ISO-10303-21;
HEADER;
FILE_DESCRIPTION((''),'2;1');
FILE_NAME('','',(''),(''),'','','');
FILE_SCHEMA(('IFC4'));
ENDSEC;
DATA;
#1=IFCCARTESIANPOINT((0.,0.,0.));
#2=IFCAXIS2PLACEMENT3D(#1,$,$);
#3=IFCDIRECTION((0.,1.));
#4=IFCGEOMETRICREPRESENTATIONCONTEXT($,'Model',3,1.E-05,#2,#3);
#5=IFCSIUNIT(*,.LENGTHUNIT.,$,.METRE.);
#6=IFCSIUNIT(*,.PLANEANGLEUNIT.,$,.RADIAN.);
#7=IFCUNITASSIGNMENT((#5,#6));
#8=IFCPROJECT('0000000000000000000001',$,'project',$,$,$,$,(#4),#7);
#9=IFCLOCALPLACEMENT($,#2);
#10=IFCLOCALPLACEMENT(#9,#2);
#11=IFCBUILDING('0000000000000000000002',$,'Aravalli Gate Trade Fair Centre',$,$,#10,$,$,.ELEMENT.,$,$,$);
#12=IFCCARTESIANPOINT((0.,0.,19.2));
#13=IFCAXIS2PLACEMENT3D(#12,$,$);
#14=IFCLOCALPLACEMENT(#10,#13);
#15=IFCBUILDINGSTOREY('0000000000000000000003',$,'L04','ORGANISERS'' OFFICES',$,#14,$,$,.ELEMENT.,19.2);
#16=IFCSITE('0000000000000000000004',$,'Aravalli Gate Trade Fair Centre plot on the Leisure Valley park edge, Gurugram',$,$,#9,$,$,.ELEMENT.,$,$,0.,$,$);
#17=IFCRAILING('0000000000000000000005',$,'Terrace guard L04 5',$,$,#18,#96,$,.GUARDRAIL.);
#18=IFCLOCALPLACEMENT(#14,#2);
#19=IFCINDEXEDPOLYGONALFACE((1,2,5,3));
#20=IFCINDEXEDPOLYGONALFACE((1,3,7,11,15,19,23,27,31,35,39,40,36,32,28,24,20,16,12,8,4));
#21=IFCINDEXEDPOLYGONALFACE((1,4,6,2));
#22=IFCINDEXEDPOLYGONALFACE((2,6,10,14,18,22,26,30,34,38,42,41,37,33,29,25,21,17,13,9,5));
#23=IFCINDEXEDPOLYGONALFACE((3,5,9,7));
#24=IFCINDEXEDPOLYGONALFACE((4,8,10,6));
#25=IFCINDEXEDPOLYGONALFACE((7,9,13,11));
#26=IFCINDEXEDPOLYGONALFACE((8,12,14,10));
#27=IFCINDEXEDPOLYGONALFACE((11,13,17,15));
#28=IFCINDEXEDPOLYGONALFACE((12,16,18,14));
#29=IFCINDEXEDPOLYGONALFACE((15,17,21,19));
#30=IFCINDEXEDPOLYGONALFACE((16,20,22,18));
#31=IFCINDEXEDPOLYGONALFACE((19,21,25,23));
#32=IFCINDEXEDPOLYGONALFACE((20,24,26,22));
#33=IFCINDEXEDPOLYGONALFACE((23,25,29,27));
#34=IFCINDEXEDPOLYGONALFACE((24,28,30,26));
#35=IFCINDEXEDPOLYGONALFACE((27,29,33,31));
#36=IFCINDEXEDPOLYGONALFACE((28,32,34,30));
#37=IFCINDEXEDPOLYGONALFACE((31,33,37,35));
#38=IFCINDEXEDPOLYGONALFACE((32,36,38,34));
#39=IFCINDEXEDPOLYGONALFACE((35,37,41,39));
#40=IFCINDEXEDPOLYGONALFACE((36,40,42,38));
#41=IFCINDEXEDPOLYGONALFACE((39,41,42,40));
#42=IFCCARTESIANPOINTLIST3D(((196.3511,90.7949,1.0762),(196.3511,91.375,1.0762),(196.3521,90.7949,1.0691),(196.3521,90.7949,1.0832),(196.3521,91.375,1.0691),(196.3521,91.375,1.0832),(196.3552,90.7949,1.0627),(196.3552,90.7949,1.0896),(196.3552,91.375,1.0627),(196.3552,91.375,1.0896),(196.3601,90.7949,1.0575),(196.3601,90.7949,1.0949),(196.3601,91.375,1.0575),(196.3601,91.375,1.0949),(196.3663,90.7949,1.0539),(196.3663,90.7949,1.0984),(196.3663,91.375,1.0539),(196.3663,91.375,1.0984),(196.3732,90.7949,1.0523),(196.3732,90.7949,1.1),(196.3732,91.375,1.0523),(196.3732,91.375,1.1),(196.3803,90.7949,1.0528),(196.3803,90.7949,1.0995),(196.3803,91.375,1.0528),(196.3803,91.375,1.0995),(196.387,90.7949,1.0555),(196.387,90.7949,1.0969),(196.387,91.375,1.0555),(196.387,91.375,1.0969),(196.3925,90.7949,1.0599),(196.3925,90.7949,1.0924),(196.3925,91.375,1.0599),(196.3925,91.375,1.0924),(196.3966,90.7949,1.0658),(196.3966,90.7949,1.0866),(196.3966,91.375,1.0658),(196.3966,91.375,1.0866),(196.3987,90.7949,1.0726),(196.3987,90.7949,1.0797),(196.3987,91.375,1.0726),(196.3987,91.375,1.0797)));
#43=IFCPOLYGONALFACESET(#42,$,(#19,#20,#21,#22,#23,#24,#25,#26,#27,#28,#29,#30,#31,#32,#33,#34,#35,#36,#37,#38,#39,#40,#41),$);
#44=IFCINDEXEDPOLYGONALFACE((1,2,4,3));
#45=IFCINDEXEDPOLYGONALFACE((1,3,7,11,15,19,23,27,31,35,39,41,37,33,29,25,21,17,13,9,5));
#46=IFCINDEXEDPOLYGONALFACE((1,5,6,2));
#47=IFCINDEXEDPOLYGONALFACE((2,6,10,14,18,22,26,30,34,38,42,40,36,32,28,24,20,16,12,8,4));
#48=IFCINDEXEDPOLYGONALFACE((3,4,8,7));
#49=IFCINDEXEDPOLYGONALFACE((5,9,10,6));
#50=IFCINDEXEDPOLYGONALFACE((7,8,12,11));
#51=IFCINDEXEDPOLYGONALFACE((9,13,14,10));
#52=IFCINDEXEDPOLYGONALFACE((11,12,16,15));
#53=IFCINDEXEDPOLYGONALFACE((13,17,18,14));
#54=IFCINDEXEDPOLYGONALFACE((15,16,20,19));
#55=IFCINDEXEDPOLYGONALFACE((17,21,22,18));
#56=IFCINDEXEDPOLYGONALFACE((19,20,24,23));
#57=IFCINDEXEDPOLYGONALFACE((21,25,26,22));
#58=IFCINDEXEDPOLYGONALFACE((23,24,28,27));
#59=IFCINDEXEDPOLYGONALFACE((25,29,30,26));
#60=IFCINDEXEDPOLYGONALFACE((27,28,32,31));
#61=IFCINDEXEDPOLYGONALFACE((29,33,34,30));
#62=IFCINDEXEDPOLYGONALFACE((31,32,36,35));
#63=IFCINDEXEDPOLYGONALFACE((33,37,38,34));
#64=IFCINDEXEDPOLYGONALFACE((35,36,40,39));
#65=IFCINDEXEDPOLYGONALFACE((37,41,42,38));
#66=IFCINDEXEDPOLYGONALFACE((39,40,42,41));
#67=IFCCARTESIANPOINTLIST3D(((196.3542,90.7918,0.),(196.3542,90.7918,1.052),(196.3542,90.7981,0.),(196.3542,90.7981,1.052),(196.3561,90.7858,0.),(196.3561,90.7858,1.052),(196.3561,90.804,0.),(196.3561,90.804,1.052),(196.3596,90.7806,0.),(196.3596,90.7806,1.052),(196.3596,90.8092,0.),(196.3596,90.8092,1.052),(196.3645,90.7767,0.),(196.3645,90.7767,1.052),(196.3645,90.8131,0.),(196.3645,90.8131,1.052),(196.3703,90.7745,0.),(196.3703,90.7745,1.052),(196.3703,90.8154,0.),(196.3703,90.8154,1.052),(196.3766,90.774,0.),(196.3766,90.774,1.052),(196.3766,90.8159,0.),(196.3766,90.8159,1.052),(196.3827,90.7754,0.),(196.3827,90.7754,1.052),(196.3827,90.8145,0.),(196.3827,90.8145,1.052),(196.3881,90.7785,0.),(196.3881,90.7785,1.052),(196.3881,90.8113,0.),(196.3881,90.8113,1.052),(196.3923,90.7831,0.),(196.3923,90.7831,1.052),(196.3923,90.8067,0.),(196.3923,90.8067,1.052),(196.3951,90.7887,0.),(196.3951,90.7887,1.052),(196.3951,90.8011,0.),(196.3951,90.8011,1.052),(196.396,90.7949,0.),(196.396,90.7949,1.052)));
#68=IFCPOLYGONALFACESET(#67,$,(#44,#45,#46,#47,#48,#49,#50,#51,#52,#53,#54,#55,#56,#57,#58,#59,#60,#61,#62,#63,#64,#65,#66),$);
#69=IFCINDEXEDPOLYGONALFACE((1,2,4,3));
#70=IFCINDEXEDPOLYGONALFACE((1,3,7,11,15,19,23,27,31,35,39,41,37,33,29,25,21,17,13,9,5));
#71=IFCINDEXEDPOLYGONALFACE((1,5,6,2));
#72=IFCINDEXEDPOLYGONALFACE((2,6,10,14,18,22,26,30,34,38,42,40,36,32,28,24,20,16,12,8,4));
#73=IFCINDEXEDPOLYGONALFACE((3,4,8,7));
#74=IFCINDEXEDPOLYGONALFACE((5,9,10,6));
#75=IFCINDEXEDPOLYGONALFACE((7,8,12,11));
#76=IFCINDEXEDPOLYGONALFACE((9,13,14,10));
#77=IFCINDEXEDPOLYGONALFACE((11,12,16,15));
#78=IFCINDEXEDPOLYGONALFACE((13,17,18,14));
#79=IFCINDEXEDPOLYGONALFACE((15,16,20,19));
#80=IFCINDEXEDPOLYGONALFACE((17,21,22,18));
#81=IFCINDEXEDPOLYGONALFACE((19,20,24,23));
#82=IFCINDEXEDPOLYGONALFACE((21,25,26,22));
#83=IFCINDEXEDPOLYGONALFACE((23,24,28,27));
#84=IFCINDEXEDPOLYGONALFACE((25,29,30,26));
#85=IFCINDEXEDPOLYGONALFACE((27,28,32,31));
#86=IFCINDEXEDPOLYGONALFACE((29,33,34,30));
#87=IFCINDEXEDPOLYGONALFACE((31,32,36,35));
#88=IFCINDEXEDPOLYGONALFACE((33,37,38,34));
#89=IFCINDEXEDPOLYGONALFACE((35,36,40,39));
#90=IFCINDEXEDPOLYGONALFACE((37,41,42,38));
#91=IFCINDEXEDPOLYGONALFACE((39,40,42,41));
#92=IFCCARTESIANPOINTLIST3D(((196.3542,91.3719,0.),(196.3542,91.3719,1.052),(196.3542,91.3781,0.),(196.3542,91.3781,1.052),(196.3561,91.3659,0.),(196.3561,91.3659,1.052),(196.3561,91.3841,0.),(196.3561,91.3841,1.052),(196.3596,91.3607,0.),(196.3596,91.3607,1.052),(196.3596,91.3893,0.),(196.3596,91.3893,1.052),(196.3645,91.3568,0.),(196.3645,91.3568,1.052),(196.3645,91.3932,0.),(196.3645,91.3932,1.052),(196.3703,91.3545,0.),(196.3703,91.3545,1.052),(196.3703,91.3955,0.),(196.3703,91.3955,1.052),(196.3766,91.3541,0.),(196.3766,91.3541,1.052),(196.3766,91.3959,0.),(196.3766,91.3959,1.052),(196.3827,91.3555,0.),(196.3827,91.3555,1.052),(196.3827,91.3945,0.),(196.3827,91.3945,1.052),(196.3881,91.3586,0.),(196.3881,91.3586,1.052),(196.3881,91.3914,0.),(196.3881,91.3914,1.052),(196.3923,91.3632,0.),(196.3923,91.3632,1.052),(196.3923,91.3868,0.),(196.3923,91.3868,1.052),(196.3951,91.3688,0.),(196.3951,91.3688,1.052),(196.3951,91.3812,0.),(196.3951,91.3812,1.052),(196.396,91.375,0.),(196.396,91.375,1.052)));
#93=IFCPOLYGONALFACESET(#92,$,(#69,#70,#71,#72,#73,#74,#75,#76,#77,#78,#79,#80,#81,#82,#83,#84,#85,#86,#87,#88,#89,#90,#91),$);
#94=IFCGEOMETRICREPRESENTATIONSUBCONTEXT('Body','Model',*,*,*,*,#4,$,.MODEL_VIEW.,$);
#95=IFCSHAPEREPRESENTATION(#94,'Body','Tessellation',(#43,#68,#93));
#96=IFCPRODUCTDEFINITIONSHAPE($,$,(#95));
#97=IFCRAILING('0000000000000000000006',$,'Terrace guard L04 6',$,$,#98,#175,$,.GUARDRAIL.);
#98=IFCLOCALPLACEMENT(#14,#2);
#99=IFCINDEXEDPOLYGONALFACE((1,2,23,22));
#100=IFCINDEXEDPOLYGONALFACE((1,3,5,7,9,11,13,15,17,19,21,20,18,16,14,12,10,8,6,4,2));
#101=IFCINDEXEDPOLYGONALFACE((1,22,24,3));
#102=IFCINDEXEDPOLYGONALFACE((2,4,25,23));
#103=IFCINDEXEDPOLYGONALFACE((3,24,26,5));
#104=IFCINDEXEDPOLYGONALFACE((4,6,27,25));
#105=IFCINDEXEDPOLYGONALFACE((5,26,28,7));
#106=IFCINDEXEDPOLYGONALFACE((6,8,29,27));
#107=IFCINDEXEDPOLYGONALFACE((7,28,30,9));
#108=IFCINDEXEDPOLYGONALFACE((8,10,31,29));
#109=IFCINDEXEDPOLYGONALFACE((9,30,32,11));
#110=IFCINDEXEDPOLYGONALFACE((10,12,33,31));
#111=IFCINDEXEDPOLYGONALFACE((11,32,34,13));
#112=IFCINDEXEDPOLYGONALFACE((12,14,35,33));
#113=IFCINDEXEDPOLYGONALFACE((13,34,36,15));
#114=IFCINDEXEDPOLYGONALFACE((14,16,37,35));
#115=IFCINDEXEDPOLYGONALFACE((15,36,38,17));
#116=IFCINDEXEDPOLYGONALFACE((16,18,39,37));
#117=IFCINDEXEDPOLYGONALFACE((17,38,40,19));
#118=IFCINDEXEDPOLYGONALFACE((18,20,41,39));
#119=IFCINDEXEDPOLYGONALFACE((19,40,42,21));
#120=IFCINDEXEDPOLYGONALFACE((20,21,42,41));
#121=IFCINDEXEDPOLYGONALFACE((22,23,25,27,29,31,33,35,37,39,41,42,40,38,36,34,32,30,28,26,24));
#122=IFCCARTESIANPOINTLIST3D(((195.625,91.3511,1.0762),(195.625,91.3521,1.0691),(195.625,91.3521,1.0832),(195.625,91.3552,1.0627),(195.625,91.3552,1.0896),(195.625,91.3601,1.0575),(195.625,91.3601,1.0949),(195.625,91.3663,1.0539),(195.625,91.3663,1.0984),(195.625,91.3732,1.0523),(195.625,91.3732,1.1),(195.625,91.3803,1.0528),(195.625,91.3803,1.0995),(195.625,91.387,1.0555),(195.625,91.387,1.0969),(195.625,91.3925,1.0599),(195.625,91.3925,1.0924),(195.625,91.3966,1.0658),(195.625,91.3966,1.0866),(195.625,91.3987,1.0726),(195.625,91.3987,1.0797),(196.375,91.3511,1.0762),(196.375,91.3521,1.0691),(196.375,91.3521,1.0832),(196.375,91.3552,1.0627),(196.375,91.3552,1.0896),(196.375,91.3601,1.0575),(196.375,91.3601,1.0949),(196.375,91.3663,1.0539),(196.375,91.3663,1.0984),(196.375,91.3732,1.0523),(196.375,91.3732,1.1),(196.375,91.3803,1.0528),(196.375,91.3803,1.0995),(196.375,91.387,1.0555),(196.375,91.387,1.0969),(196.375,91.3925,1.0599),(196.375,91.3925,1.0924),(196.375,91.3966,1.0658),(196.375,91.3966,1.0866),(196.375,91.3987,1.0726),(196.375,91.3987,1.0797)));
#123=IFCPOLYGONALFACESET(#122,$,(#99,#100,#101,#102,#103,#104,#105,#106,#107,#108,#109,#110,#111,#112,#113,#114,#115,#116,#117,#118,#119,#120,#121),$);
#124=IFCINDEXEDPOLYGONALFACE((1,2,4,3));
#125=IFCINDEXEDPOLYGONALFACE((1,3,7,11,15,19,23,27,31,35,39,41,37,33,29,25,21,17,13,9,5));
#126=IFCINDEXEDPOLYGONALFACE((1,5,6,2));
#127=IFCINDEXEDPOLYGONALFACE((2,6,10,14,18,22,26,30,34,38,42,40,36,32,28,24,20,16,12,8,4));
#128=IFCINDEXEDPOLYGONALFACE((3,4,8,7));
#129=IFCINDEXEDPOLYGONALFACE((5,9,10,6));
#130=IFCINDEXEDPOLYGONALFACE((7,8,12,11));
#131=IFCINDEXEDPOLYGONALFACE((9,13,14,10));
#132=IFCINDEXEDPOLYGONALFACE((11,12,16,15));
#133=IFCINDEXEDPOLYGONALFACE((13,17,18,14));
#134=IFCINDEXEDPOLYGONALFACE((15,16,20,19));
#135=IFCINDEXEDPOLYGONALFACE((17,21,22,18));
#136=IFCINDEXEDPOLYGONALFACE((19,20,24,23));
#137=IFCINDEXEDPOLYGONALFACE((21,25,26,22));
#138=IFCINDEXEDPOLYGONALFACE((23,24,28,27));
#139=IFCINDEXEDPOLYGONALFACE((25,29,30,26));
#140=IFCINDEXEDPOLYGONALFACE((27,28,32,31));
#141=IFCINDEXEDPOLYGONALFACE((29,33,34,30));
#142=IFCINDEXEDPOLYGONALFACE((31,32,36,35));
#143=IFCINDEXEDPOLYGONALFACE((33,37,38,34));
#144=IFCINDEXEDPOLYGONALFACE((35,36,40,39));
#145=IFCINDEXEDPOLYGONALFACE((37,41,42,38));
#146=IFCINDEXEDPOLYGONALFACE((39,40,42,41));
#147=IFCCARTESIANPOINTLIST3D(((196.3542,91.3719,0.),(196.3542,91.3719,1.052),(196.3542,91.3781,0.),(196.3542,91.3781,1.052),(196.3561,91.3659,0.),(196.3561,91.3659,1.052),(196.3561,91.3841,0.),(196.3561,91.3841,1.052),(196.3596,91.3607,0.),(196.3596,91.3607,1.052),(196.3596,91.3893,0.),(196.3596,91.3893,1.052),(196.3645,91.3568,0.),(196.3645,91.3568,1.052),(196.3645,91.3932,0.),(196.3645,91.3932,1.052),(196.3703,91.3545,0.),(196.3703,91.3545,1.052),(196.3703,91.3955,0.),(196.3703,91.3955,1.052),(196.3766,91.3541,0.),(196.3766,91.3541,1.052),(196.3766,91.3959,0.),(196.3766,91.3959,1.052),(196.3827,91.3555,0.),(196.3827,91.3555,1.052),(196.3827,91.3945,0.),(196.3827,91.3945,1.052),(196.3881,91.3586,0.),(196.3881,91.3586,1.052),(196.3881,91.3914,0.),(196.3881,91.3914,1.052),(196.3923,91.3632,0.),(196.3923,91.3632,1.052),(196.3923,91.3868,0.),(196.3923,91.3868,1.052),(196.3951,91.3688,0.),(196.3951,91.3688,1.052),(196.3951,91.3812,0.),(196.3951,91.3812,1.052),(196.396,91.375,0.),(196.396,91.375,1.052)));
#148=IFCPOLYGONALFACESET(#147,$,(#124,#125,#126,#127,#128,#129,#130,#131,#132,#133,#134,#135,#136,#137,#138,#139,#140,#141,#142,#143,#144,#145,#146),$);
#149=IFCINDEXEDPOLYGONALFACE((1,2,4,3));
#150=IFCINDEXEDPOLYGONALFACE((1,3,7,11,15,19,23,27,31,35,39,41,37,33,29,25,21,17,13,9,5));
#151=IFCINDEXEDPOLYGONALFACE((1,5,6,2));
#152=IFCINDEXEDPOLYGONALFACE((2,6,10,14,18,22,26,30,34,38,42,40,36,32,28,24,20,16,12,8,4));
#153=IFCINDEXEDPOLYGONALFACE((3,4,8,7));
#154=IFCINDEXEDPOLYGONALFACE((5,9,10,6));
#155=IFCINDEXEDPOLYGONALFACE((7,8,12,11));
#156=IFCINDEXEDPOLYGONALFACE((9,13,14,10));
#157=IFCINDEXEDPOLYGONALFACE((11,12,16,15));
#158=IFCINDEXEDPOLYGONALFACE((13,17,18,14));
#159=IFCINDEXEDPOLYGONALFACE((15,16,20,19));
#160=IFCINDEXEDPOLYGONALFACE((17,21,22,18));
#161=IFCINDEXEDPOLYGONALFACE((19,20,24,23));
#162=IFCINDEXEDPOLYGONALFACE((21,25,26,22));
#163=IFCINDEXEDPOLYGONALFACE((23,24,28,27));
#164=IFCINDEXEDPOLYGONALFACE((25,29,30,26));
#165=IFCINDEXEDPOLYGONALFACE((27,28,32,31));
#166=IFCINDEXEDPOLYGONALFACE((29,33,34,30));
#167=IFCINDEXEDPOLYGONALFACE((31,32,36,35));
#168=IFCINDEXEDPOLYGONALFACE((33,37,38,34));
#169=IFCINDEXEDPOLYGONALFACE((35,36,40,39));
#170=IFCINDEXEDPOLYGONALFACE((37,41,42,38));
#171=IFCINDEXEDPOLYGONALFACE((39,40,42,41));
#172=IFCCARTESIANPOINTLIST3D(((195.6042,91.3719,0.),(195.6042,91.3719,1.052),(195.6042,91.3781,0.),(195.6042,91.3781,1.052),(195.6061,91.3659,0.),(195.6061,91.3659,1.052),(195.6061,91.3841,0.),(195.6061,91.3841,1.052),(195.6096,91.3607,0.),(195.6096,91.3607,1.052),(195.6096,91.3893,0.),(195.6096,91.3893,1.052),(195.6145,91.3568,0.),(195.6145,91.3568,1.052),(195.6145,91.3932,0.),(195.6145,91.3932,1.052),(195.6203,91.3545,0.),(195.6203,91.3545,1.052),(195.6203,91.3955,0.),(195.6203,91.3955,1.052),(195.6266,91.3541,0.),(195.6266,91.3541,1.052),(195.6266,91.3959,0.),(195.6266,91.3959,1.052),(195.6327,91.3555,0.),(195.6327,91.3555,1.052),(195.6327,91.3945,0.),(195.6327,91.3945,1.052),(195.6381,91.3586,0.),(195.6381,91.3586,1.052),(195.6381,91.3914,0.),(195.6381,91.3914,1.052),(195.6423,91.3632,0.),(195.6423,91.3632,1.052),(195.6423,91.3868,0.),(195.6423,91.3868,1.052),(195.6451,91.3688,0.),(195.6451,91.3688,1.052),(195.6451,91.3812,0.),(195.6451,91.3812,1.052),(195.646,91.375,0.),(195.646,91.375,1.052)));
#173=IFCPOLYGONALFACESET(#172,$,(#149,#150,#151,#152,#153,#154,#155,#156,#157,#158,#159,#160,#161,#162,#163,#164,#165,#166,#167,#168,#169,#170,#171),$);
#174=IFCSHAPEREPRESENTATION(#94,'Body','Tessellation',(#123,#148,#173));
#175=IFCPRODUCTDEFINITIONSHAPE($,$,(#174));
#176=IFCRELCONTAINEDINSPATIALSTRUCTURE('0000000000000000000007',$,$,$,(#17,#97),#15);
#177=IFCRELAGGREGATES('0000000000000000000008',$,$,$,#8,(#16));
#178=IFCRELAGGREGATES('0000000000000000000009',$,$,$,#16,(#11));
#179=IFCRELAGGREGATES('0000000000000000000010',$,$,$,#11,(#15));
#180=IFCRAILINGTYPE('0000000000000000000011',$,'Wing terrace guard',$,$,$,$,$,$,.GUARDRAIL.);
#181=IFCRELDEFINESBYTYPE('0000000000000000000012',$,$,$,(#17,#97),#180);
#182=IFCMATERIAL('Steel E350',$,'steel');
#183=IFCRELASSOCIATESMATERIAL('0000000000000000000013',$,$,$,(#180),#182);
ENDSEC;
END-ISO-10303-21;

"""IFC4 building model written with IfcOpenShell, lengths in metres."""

from ifc_helpers import new_model, si_unit, direction, frame, origin, origin_2d, place, context, subcontext, project, spatial, circle, extrude, material, type_object, element, save


model = new_model("IFC4")

# Units and contexts
model_context = context("Model", 3, precision=1e-05, world=origin(), true_north=direction((0.0, 1.0)))
body_context = subcontext(model_context, "Body", "Model", "MODEL_VIEW")
ifc_project = project(units=[si_unit("LENGTHUNIT", "METRE"), si_unit("PLANEANGLEUNIT", "RADIAN")], contexts=[model_context])

# Site, building, storey
site_placement = place(None, origin())
site = spatial("IfcSite", under=ifc_project, at=site_placement, Name="Aravalli Gate Trade Fair Centre plot on the Leisure Valley park edge, Gurugram", CompositionType="ELEMENT", RefElevation=0.0)
building_placement = place(site_placement, origin())
building = spatial("IfcBuilding", under=site, at=building_placement, Name="Aravalli Gate Trade Fair Centre", CompositionType="ELEMENT")
storey_placement = place(building_placement, frame((0.0, 0.0, 19.2)))
storey = spatial("IfcBuildingStorey", under=building, at=storey_placement, Name="L04", Description="ORGANISERS' OFFICES", CompositionType="ELEMENT", Elevation=19.2)

# Railings
ifc_material_1 = material(Name="Steel E350", Category="steel")
railing_type = type_object("IfcRailingType", Name="Wing terrace guard", PredefinedType="GUARDRAIL", material=ifc_material_1)
railing_1_placement = place(storey_placement, frame((196.375, 90.7949, 0.0)))
element("IfcRailing", 1, at=railing_1_placement, inside=storey, type_object=railing_type, Name="Terrace guard L04 5", PredefinedType="GUARDRAIL", context=body_context, shape_type="SweptSolid", body=[
    extrude(circle(Radius=0.0239, at=origin_2d()), frame((0.0, 0.0, 1.0762), z_axis=(0.0, 1.0, 0.0), x_axis=(-1.0, 0.0, 0.0)), (0.0, 0.0, 1.0), 0.5801),
    extrude(circle(Radius=0.021, at=origin_2d()), origin(), (0.0, 0.0, 1.0), 1.052),
    extrude(circle(Radius=0.021, at=origin_2d()), frame((0.0, 0.5801, 0.0)), (0.0, 0.0, 1.0), 1.052),
])
railing_2_placement = place(storey_placement, frame((196.375, 91.375, 0.0)))
element("IfcRailing", 2, at=railing_2_placement, inside=storey, type_object=railing_type, Name="Terrace guard L04 6", PredefinedType="GUARDRAIL", context=body_context, shape_type="SweptSolid", body=[
    extrude(circle(Radius=0.0239, at=origin_2d()), frame((0.0, 0.0, 1.0762), z_axis=(-1.0, 0.0, 0.0), x_axis=(0.0, -1.0, 0.0)), (0.0, 0.0, 1.0), 0.75),
    extrude(circle(Radius=0.021, at=origin_2d()), origin(), (0.0, 0.0, 1.0), 1.052),
    extrude(circle(Radius=0.021, at=origin_2d()), frame((-0.75, 0.0, 0.0)), (0.0, 0.0, 1.0), 1.052),
])

save(model, "model.ifc")
